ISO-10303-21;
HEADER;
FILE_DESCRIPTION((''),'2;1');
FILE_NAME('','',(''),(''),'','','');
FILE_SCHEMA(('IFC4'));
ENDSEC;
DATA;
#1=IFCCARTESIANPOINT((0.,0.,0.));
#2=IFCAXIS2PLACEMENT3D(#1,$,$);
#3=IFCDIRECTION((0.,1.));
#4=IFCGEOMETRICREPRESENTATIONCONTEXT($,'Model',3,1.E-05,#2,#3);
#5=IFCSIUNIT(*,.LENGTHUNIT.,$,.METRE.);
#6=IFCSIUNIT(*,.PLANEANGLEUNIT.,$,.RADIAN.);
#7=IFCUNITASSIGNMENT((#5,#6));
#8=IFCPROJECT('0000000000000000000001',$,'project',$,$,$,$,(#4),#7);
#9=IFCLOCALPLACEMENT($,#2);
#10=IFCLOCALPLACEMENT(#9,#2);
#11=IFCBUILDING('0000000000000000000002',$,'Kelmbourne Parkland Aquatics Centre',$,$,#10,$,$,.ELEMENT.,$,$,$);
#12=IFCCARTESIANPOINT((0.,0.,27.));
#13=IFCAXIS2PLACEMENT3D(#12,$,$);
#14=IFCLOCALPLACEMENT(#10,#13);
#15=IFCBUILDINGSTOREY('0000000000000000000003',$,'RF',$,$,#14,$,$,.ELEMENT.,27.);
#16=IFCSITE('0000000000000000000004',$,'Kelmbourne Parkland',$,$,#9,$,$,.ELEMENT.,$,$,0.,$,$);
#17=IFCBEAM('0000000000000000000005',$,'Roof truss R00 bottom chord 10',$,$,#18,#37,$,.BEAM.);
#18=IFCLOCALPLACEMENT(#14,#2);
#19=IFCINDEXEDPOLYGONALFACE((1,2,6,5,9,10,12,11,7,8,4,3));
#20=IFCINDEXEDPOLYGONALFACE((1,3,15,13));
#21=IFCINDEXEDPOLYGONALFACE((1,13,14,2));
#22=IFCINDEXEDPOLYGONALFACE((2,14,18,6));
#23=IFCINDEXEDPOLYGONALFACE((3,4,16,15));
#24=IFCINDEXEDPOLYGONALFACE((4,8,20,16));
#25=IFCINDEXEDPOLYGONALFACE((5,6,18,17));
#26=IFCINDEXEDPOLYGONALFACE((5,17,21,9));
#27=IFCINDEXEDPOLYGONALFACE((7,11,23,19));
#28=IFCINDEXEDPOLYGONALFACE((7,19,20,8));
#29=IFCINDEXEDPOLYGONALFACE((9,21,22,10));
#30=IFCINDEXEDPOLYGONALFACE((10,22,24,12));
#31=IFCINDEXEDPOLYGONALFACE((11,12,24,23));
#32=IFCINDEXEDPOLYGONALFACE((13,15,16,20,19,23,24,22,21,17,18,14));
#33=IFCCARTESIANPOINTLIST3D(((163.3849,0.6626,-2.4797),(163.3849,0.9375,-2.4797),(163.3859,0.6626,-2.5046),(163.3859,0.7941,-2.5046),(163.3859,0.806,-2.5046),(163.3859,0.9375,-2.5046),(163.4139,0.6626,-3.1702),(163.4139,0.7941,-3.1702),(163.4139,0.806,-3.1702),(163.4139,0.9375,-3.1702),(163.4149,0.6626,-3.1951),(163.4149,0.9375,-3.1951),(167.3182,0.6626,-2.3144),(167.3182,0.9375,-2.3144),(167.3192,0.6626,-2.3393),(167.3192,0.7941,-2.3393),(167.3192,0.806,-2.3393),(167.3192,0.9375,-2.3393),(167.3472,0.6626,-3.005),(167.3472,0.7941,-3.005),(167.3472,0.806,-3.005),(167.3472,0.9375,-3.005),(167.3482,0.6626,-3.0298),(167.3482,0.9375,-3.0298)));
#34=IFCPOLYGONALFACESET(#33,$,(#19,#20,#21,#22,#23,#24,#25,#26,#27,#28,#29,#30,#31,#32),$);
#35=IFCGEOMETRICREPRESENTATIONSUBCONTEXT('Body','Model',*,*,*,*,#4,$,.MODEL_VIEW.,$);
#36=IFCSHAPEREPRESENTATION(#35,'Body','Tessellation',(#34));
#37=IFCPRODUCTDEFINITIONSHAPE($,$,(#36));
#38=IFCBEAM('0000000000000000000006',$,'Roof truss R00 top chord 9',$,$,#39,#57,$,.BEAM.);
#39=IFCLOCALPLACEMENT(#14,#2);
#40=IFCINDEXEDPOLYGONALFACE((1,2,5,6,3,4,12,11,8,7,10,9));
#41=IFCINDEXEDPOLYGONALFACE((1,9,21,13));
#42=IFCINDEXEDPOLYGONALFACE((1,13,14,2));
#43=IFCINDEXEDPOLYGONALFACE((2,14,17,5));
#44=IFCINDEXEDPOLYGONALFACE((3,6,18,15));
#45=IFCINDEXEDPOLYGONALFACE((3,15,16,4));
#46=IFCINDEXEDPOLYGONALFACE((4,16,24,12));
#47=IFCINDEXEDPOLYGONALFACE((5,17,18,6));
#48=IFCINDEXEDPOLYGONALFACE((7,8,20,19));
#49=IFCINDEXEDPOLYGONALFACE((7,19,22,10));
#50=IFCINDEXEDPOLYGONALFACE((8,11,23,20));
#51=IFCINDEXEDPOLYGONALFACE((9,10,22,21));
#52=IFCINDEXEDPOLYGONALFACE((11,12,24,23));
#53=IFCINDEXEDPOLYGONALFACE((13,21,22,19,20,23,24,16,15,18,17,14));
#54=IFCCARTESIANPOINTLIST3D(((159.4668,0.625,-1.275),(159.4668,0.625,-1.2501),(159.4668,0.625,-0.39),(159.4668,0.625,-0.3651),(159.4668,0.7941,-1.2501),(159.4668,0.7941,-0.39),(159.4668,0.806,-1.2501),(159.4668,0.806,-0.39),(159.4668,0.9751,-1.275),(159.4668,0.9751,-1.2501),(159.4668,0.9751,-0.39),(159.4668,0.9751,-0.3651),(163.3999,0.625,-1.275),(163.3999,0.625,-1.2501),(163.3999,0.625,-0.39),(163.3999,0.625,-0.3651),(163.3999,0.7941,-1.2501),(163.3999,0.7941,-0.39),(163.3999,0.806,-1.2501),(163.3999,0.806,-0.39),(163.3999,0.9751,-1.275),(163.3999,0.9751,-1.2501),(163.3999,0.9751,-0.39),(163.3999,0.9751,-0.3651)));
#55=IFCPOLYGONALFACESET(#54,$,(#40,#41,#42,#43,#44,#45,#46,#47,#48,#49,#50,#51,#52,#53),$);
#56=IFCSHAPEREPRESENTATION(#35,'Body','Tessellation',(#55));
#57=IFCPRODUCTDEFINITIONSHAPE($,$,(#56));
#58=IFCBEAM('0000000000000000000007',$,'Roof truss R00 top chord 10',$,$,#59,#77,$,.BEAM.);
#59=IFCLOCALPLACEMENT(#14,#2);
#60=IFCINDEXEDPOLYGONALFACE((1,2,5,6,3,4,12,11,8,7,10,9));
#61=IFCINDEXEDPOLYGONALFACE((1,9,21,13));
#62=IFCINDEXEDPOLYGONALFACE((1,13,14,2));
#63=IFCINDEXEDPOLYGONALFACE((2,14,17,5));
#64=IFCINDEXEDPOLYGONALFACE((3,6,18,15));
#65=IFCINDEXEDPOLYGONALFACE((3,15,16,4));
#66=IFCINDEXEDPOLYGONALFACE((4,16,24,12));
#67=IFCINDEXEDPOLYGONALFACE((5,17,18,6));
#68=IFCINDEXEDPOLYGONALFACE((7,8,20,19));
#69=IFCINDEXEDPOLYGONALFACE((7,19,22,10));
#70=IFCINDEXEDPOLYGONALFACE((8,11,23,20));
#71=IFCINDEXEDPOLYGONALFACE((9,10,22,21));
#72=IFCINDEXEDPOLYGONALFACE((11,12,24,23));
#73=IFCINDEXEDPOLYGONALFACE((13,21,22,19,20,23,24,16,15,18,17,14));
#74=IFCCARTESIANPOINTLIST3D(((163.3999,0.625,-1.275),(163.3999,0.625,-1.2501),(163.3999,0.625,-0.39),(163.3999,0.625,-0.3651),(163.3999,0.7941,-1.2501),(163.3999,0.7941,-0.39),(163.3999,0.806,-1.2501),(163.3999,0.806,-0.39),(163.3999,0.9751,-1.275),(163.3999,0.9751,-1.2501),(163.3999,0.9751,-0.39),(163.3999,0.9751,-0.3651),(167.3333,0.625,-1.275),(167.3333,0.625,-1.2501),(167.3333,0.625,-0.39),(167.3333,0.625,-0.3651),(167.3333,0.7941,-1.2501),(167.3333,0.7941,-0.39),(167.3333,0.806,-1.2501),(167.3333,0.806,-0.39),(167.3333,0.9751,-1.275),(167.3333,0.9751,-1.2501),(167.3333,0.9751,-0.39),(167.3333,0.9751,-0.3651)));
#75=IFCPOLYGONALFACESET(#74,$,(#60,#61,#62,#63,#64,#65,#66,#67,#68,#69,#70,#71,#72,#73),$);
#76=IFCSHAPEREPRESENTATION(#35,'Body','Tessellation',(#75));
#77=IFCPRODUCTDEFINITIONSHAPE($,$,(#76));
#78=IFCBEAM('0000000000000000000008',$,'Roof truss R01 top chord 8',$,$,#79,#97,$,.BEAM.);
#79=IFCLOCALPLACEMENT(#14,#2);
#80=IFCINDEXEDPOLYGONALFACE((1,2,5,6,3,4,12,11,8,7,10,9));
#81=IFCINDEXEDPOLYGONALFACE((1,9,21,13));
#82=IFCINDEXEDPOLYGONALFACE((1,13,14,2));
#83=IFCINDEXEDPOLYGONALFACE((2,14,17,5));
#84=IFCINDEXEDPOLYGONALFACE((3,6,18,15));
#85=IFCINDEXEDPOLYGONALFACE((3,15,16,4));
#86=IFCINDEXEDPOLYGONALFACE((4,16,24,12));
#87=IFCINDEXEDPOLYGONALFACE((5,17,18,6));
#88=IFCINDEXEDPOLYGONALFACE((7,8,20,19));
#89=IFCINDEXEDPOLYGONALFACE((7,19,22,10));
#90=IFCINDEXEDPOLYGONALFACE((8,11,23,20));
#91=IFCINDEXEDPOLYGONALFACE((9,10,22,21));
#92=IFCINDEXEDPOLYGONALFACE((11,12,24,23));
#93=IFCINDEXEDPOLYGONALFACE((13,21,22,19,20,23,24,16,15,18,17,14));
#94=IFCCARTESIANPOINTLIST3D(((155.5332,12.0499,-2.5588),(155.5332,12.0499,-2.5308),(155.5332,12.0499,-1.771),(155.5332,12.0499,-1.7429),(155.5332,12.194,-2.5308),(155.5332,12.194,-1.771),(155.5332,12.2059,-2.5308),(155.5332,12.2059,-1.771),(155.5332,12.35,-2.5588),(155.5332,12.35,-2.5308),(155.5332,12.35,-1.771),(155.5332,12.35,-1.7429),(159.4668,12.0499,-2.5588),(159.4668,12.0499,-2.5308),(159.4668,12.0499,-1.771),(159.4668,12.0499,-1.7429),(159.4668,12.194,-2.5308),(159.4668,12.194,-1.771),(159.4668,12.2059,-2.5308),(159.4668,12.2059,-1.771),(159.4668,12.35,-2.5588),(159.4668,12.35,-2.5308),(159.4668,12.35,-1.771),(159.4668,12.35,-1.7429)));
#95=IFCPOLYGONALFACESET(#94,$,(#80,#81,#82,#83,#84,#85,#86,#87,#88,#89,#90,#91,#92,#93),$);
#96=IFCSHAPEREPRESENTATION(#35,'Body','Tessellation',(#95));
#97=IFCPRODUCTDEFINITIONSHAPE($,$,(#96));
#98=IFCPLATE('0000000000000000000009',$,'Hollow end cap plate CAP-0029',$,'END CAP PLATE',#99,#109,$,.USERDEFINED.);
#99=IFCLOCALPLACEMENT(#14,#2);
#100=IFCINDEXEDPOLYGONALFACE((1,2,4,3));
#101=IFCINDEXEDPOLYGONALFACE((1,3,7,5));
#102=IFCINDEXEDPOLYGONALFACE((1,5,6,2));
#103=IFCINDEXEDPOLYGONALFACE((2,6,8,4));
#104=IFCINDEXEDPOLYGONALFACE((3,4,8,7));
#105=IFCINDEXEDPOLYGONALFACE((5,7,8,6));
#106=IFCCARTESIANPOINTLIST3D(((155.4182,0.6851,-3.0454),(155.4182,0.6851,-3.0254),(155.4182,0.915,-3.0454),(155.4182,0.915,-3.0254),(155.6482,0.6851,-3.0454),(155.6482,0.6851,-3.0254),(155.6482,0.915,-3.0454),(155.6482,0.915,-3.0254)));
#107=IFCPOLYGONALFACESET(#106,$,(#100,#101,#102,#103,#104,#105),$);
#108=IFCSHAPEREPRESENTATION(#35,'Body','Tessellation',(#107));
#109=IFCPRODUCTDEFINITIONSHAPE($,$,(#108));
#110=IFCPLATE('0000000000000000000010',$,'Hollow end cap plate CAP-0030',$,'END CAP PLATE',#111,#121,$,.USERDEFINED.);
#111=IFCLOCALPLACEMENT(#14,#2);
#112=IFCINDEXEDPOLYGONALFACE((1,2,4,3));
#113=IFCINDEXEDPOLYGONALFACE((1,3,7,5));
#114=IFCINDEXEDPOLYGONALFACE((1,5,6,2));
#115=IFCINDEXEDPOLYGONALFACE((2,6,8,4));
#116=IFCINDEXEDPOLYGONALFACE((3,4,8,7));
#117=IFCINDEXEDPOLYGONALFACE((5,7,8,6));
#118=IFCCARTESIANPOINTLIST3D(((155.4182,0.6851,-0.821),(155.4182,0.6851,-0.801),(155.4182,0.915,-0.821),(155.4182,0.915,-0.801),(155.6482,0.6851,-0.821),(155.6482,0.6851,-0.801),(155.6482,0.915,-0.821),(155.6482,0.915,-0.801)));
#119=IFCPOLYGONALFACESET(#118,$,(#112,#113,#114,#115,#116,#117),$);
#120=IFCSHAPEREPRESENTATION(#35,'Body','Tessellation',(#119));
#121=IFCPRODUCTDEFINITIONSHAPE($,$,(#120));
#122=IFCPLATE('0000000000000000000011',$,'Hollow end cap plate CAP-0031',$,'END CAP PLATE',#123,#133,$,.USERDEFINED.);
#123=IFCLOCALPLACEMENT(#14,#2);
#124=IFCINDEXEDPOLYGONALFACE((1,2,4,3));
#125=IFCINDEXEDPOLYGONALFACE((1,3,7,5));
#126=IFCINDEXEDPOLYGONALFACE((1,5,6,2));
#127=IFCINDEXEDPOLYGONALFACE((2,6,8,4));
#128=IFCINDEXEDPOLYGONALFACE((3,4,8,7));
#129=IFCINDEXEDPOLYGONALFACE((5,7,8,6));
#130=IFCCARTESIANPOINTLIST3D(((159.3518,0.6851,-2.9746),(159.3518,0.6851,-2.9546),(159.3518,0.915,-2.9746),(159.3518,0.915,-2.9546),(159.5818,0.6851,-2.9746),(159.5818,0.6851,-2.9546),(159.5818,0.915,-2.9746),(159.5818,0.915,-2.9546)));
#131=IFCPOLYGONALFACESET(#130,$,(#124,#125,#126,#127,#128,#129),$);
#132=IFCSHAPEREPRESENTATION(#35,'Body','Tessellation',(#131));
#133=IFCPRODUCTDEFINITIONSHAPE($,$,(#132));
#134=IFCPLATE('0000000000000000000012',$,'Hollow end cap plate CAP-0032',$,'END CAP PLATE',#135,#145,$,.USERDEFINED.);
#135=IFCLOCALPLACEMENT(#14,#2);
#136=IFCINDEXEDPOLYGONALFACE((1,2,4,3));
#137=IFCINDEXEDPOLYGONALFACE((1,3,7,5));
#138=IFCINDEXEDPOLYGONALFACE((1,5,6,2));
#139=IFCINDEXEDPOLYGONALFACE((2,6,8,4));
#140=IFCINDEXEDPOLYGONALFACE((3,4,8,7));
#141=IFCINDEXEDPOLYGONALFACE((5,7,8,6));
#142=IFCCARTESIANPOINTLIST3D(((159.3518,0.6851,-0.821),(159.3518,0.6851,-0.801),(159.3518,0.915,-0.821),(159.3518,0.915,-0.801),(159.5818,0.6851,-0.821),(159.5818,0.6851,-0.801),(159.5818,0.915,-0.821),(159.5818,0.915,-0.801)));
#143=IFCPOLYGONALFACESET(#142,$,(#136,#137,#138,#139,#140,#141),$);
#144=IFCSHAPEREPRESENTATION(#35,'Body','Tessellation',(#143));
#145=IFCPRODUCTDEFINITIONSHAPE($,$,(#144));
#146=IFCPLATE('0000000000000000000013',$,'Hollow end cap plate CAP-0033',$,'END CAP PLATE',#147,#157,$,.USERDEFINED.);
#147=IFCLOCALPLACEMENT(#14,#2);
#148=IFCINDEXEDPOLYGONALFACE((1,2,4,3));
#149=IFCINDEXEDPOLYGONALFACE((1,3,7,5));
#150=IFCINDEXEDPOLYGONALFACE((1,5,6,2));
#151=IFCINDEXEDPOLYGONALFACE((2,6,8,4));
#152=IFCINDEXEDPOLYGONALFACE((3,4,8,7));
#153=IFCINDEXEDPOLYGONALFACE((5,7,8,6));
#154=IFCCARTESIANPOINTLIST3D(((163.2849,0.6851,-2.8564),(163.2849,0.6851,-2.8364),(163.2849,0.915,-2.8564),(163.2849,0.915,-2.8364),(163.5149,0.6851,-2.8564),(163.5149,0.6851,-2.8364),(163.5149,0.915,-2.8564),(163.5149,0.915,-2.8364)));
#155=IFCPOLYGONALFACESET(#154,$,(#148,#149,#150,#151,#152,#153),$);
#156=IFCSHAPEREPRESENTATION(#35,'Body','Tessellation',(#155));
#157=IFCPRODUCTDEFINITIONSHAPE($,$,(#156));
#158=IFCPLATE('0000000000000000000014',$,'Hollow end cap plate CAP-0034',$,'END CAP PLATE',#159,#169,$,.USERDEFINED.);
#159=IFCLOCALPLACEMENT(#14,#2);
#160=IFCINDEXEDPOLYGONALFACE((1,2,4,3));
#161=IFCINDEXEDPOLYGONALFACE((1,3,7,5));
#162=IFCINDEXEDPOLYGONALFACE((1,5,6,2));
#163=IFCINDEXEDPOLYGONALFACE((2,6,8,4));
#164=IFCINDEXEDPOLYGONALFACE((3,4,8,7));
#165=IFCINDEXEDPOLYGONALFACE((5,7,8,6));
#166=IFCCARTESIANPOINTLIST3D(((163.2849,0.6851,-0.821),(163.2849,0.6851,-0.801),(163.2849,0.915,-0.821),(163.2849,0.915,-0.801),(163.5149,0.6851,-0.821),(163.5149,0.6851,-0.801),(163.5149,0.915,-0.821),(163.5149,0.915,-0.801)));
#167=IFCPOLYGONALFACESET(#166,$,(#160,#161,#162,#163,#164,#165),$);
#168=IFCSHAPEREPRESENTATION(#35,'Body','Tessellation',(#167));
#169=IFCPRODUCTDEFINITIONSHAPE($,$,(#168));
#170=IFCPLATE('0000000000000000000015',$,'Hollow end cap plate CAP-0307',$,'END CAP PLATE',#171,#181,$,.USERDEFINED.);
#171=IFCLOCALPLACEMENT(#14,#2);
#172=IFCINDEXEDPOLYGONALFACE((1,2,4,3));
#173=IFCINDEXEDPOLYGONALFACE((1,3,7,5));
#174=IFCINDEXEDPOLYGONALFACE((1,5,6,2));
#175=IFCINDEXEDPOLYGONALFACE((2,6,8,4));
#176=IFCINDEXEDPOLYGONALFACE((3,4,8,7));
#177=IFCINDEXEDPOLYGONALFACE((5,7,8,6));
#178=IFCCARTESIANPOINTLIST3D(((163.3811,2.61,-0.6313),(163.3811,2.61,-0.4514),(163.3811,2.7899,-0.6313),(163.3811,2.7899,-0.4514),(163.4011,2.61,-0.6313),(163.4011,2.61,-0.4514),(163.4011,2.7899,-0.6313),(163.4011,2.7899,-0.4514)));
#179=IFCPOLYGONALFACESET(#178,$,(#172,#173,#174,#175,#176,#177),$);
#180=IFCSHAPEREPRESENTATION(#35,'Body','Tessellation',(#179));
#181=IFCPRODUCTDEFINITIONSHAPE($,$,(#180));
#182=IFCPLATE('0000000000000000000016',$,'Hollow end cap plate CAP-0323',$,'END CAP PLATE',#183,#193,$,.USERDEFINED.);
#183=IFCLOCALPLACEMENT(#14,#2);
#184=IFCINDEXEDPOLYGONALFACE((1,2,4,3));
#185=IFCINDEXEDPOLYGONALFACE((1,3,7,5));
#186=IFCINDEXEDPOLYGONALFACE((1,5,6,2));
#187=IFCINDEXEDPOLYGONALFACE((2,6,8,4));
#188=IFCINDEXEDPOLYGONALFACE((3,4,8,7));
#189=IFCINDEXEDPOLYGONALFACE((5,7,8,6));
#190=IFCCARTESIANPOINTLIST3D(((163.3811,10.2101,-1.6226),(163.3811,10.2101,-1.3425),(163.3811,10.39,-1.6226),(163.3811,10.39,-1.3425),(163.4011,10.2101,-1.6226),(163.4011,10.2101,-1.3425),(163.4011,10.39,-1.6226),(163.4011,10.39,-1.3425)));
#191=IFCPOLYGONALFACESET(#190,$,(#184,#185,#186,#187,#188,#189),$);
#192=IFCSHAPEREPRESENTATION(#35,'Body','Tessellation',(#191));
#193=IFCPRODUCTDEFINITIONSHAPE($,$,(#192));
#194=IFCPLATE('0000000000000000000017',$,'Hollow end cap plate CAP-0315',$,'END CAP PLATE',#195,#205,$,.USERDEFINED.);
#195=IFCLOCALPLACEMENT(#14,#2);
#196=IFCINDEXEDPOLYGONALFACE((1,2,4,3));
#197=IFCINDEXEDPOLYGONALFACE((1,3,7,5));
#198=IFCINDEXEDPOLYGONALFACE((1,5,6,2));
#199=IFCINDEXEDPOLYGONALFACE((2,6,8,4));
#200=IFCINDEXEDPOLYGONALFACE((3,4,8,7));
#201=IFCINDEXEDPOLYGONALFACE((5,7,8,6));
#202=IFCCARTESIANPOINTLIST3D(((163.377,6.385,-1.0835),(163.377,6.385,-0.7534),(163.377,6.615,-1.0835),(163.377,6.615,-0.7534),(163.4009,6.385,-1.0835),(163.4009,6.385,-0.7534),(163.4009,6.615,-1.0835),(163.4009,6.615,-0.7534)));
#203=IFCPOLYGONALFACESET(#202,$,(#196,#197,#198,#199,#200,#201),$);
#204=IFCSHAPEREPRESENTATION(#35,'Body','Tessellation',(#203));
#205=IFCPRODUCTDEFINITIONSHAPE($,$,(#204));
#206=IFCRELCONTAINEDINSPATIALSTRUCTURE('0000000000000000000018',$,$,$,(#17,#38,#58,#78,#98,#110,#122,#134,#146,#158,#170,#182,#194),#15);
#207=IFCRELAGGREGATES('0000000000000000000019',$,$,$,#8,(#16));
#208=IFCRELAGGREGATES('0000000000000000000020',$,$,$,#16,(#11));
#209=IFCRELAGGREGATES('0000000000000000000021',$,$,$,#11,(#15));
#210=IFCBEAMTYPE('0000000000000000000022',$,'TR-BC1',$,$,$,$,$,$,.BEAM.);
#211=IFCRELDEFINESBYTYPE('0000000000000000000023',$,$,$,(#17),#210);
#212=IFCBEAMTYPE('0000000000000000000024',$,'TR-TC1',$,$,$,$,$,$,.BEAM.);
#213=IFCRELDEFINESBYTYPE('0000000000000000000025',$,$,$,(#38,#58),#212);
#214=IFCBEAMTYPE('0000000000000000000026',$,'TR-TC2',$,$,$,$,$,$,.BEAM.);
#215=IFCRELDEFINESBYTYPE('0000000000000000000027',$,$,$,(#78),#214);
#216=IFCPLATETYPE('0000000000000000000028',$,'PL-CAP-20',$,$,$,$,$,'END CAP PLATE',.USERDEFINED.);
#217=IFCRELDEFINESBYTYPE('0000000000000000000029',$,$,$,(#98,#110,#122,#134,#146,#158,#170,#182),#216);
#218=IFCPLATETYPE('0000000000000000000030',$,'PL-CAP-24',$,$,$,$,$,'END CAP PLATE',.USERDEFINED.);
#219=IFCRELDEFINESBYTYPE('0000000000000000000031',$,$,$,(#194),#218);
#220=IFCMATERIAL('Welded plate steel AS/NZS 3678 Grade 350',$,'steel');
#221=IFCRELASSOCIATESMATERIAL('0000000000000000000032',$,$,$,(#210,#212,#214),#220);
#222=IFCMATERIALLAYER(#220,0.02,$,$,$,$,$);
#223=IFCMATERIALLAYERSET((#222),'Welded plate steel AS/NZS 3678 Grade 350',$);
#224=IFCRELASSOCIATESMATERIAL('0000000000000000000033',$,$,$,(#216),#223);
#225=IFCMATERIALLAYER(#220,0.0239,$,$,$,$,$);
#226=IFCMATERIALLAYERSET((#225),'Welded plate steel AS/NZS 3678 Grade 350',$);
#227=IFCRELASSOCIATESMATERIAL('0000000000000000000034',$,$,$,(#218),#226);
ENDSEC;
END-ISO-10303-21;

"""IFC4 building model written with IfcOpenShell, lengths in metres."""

from ifc_helpers import new_model, si_unit, direction, frame, origin, origin_2d, place, context, subcontext, project, spatial, rectangle, i_section, extrude, material, layer, layer_set, material_profile, profile_set, type_object, element, save


model = new_model("IFC4")

# Units and contexts
model_context = context("Model", 3, precision=1e-05, world=origin(), true_north=direction((0.0, 1.0)))
body_context = subcontext(model_context, "Body", "Model", "MODEL_VIEW")
ifc_project = project(units=[si_unit("LENGTHUNIT", "METRE"), si_unit("PLANEANGLEUNIT", "RADIAN")], contexts=[model_context])

# Site, building, storey
site_placement = place(None, origin())
site = spatial("IfcSite", under=ifc_project, at=site_placement, Name="Kelmbourne Parkland", CompositionType="ELEMENT", RefElevation=0.0)
building_placement = place(site_placement, origin())
building = spatial("IfcBuilding", under=site, at=building_placement, Name="Kelmbourne Parkland Aquatics Centre", CompositionType="ELEMENT")
storey_placement = place(building_placement, frame((0.0, 0.0, 27.0)))
storey = spatial("IfcBuildingStorey", under=building, at=storey_placement, Name="RF", CompositionType="ELEMENT", Elevation=27.0)

# Beams
ifc_material_1 = material(Name="Welded plate steel AS/NZS 3678 Grade 350", Category="steel")
ifc_material_profile_1 = material_profile(ifc_material_1, i_section(OverallWidth=0.2749, OverallDepth=0.7161, WebThickness=0.012, FlangeThickness=0.0249, at=origin_2d()), Name="700WB173")
ifc_profile_set_1 = profile_set([ifc_material_profile_1], Name="Welded plate steel AS/NZS 3678 Grade 350")
beam_type_1 = type_object("IfcBeamType", Name="TR-BC1", PredefinedType="BEAM", material=ifc_profile_set_1)
beam_1_placement = place(storey_placement, frame((163.3999, 0.8, -2.8374), z_axis=(0.999118, 0.0, 0.041984), x_axis=(0.0, 1.0, 0.0)))
element("IfcBeam", 1, at=beam_1_placement, inside=storey, type_object=beam_type_1, Name="Roof truss R00 bottom chord 10", PredefinedType="BEAM", context=body_context, shape_type="SweptSolid", body=[
    extrude(i_section(OverallWidth=0.2749, OverallDepth=0.7161, WebThickness=0.012, FlangeThickness=0.0249, at=origin_2d()), origin(), (0.0, 0.0, 1.0), 3.9368),
])
ifc_material_profile_2 = material_profile(ifc_material_1, i_section(OverallWidth=0.3501, OverallDepth=0.9099, WebThickness=0.012, FlangeThickness=0.0249, at=origin_2d()), Name="900WB218")
ifc_profile_set_2 = profile_set([ifc_material_profile_2], Name="Welded plate steel AS/NZS 3678 Grade 350")
beam_type_2 = type_object("IfcBeamType", Name="TR-TC1", PredefinedType="BEAM", material=ifc_profile_set_2)
beam_2_placement = place(storey_placement, frame((159.4668, 0.8, -0.8201), z_axis=(1.0, 0.0, 0.0), x_axis=(0.0, 1.0, 0.0)))
element("IfcBeam", 2, at=beam_2_placement, inside=storey, type_object=beam_type_2, Name="Roof truss R00 top chord 9", PredefinedType="BEAM", context=body_context, shape_type="SweptSolid", body=[
    extrude(i_section(OverallWidth=0.3501, OverallDepth=0.9099, WebThickness=0.012, FlangeThickness=0.0249, at=origin_2d()), origin(), (0.0, 0.0, 1.0), 3.9331),
])
beam_3_placement = place(storey_placement, frame((163.3999, 0.8, -0.8201), z_axis=(1.0, 0.0, 0.0), x_axis=(0.0, 1.0, 0.0)))
element("IfcBeam", 3, at=beam_3_placement, inside=storey, type_object=beam_type_2, Name="Roof truss R00 top chord 10", PredefinedType="BEAM", context=body_context, shape_type="SweptSolid", body=[
    extrude(i_section(OverallWidth=0.3501, OverallDepth=0.9099, WebThickness=0.012, FlangeThickness=0.0249, at=origin_2d()), origin(), (0.0, 0.0, 1.0), 3.9333),
])
ifc_material_profile_3 = material_profile(ifc_material_1, i_section(OverallWidth=0.3, OverallDepth=0.8159, WebThickness=0.012, FlangeThickness=0.0281, at=origin_2d()), Name="800WB192")
ifc_profile_set_3 = profile_set([ifc_material_profile_3], Name="Welded plate steel AS/NZS 3678 Grade 350")
beam_type_3 = type_object("IfcBeamType", Name="TR-TC2", PredefinedType="BEAM", material=ifc_profile_set_3)
beam_4_placement = place(storey_placement, frame((155.5332, 12.2, -2.1509), z_axis=(1.0, 0.0, 0.0), x_axis=(0.0, 1.0, 0.0)))
element("IfcBeam", 4, at=beam_4_placement, inside=storey, type_object=beam_type_3, Name="Roof truss R01 top chord 8", PredefinedType="BEAM", context=body_context, shape_type="SweptSolid", body=[
    extrude(i_section(OverallWidth=0.3, OverallDepth=0.8159, WebThickness=0.012, FlangeThickness=0.0281, at=origin_2d()), origin(), (0.0, 0.0, 1.0), 3.9336),
])

# Plates
ifc_layer_1 = layer(ifc_material_1, 0.02)
ifc_layer_set_1 = layer_set([ifc_layer_1], Name="Welded plate steel AS/NZS 3678 Grade 350")
plate_type_1 = type_object("IfcPlateType", Name="PL-CAP-20", ElementType="END CAP PLATE", PredefinedType="USERDEFINED", material=ifc_layer_set_1)
for number, where, z_axis, x_axis, name in (
    (5, (155.5332, 0.8, -3.0454), (0.0, 0.0, 1.0), (1.0, 0.0, 0.0), "Hollow end cap plate CAP-0029"),
    (6, (155.5332, 0.8, -0.821), (0.0, 0.0, 1.0), (1.0, 0.0, 0.0), "Hollow end cap plate CAP-0030"),
    (7, (159.4668, 0.8, -2.9746), (0.0, 0.0, 1.0), (1.0, 0.0, 0.0), "Hollow end cap plate CAP-0031"),
    (8, (159.4668, 0.8, -0.821), (0.0, 0.0, 1.0), (1.0, 0.0, 0.0), "Hollow end cap plate CAP-0032"),
    (9, (163.3999, 0.8, -2.8564), (0.0, 0.0, 1.0), (1.0, 0.0, 0.0), "Hollow end cap plate CAP-0033"),
    (10, (163.3999, 0.8, -0.821), (0.0, 0.0, 1.0), (1.0, 0.0, 0.0), "Hollow end cap plate CAP-0034"),
):
    element("IfcPlate", number, at=place(storey_placement, frame(where, z_axis=z_axis, x_axis=x_axis)), inside=storey, type_object=plate_type_1, Name=name, ObjectType="END CAP PLATE", PredefinedType="USERDEFINED", context=body_context, shape_type="SweptSolid", body=[
        extrude(rectangle(XDim=0.23, YDim=0.23, at=origin_2d()), origin(), (0.0, 0.0, 1.0), 0.02),
    ])
plate_1_placement = place(storey_placement, frame((163.3911, 2.7, -0.6313), z_axis=(0.0, 0.0, 1.0), x_axis=(-1.0, 0.0, 0.0)))
element("IfcPlate", 11, at=plate_1_placement, inside=storey, type_object=plate_type_1, Name="Hollow end cap plate CAP-0307", ObjectType="END CAP PLATE", PredefinedType="USERDEFINED", context=body_context, shape_type="SweptSolid", body=[
    extrude(rectangle(XDim=0.02, YDim=0.1799, at=origin_2d()), origin(), (0.0, 0.0, 1.0), 0.1799),
])
plate_2_placement = place(storey_placement, frame((163.3911, 10.3, -1.6226), z_axis=(0.0, 0.0, 1.0), x_axis=(-1.0, 0.0, 0.0)))
element("IfcPlate", 12, at=plate_2_placement, inside=storey, type_object=plate_type_1, Name="Hollow end cap plate CAP-0323", ObjectType="END CAP PLATE", PredefinedType="USERDEFINED", context=body_context, shape_type="SweptSolid", body=[
    extrude(rectangle(XDim=0.02, YDim=0.1799, at=origin_2d()), origin(), (0.0, 0.0, 1.0), 0.28),
])
ifc_layer_2 = layer(ifc_material_1, 0.0239)
ifc_layer_set_2 = layer_set([ifc_layer_2], Name="Welded plate steel AS/NZS 3678 Grade 350")
plate_type_2 = type_object("IfcPlateType", Name="PL-CAP-24", ElementType="END CAP PLATE", PredefinedType="USERDEFINED", material=ifc_layer_set_2)
plate_3_placement = place(storey_placement, frame((163.3889, 6.5, -1.0835), z_axis=(0.0, 0.0, 1.0), x_axis=(-1.0, 0.0, 0.0)))
element("IfcPlate", 13, at=plate_3_placement, inside=storey, type_object=plate_type_2, Name="Hollow end cap plate CAP-0315", ObjectType="END CAP PLATE", PredefinedType="USERDEFINED", context=body_context, shape_type="SweptSolid", body=[
    extrude(rectangle(XDim=0.0239, YDim=0.23, at=origin_2d()), origin(), (0.0, 0.0, 1.0), 0.3301),
])

save(model, "model.ifc")
